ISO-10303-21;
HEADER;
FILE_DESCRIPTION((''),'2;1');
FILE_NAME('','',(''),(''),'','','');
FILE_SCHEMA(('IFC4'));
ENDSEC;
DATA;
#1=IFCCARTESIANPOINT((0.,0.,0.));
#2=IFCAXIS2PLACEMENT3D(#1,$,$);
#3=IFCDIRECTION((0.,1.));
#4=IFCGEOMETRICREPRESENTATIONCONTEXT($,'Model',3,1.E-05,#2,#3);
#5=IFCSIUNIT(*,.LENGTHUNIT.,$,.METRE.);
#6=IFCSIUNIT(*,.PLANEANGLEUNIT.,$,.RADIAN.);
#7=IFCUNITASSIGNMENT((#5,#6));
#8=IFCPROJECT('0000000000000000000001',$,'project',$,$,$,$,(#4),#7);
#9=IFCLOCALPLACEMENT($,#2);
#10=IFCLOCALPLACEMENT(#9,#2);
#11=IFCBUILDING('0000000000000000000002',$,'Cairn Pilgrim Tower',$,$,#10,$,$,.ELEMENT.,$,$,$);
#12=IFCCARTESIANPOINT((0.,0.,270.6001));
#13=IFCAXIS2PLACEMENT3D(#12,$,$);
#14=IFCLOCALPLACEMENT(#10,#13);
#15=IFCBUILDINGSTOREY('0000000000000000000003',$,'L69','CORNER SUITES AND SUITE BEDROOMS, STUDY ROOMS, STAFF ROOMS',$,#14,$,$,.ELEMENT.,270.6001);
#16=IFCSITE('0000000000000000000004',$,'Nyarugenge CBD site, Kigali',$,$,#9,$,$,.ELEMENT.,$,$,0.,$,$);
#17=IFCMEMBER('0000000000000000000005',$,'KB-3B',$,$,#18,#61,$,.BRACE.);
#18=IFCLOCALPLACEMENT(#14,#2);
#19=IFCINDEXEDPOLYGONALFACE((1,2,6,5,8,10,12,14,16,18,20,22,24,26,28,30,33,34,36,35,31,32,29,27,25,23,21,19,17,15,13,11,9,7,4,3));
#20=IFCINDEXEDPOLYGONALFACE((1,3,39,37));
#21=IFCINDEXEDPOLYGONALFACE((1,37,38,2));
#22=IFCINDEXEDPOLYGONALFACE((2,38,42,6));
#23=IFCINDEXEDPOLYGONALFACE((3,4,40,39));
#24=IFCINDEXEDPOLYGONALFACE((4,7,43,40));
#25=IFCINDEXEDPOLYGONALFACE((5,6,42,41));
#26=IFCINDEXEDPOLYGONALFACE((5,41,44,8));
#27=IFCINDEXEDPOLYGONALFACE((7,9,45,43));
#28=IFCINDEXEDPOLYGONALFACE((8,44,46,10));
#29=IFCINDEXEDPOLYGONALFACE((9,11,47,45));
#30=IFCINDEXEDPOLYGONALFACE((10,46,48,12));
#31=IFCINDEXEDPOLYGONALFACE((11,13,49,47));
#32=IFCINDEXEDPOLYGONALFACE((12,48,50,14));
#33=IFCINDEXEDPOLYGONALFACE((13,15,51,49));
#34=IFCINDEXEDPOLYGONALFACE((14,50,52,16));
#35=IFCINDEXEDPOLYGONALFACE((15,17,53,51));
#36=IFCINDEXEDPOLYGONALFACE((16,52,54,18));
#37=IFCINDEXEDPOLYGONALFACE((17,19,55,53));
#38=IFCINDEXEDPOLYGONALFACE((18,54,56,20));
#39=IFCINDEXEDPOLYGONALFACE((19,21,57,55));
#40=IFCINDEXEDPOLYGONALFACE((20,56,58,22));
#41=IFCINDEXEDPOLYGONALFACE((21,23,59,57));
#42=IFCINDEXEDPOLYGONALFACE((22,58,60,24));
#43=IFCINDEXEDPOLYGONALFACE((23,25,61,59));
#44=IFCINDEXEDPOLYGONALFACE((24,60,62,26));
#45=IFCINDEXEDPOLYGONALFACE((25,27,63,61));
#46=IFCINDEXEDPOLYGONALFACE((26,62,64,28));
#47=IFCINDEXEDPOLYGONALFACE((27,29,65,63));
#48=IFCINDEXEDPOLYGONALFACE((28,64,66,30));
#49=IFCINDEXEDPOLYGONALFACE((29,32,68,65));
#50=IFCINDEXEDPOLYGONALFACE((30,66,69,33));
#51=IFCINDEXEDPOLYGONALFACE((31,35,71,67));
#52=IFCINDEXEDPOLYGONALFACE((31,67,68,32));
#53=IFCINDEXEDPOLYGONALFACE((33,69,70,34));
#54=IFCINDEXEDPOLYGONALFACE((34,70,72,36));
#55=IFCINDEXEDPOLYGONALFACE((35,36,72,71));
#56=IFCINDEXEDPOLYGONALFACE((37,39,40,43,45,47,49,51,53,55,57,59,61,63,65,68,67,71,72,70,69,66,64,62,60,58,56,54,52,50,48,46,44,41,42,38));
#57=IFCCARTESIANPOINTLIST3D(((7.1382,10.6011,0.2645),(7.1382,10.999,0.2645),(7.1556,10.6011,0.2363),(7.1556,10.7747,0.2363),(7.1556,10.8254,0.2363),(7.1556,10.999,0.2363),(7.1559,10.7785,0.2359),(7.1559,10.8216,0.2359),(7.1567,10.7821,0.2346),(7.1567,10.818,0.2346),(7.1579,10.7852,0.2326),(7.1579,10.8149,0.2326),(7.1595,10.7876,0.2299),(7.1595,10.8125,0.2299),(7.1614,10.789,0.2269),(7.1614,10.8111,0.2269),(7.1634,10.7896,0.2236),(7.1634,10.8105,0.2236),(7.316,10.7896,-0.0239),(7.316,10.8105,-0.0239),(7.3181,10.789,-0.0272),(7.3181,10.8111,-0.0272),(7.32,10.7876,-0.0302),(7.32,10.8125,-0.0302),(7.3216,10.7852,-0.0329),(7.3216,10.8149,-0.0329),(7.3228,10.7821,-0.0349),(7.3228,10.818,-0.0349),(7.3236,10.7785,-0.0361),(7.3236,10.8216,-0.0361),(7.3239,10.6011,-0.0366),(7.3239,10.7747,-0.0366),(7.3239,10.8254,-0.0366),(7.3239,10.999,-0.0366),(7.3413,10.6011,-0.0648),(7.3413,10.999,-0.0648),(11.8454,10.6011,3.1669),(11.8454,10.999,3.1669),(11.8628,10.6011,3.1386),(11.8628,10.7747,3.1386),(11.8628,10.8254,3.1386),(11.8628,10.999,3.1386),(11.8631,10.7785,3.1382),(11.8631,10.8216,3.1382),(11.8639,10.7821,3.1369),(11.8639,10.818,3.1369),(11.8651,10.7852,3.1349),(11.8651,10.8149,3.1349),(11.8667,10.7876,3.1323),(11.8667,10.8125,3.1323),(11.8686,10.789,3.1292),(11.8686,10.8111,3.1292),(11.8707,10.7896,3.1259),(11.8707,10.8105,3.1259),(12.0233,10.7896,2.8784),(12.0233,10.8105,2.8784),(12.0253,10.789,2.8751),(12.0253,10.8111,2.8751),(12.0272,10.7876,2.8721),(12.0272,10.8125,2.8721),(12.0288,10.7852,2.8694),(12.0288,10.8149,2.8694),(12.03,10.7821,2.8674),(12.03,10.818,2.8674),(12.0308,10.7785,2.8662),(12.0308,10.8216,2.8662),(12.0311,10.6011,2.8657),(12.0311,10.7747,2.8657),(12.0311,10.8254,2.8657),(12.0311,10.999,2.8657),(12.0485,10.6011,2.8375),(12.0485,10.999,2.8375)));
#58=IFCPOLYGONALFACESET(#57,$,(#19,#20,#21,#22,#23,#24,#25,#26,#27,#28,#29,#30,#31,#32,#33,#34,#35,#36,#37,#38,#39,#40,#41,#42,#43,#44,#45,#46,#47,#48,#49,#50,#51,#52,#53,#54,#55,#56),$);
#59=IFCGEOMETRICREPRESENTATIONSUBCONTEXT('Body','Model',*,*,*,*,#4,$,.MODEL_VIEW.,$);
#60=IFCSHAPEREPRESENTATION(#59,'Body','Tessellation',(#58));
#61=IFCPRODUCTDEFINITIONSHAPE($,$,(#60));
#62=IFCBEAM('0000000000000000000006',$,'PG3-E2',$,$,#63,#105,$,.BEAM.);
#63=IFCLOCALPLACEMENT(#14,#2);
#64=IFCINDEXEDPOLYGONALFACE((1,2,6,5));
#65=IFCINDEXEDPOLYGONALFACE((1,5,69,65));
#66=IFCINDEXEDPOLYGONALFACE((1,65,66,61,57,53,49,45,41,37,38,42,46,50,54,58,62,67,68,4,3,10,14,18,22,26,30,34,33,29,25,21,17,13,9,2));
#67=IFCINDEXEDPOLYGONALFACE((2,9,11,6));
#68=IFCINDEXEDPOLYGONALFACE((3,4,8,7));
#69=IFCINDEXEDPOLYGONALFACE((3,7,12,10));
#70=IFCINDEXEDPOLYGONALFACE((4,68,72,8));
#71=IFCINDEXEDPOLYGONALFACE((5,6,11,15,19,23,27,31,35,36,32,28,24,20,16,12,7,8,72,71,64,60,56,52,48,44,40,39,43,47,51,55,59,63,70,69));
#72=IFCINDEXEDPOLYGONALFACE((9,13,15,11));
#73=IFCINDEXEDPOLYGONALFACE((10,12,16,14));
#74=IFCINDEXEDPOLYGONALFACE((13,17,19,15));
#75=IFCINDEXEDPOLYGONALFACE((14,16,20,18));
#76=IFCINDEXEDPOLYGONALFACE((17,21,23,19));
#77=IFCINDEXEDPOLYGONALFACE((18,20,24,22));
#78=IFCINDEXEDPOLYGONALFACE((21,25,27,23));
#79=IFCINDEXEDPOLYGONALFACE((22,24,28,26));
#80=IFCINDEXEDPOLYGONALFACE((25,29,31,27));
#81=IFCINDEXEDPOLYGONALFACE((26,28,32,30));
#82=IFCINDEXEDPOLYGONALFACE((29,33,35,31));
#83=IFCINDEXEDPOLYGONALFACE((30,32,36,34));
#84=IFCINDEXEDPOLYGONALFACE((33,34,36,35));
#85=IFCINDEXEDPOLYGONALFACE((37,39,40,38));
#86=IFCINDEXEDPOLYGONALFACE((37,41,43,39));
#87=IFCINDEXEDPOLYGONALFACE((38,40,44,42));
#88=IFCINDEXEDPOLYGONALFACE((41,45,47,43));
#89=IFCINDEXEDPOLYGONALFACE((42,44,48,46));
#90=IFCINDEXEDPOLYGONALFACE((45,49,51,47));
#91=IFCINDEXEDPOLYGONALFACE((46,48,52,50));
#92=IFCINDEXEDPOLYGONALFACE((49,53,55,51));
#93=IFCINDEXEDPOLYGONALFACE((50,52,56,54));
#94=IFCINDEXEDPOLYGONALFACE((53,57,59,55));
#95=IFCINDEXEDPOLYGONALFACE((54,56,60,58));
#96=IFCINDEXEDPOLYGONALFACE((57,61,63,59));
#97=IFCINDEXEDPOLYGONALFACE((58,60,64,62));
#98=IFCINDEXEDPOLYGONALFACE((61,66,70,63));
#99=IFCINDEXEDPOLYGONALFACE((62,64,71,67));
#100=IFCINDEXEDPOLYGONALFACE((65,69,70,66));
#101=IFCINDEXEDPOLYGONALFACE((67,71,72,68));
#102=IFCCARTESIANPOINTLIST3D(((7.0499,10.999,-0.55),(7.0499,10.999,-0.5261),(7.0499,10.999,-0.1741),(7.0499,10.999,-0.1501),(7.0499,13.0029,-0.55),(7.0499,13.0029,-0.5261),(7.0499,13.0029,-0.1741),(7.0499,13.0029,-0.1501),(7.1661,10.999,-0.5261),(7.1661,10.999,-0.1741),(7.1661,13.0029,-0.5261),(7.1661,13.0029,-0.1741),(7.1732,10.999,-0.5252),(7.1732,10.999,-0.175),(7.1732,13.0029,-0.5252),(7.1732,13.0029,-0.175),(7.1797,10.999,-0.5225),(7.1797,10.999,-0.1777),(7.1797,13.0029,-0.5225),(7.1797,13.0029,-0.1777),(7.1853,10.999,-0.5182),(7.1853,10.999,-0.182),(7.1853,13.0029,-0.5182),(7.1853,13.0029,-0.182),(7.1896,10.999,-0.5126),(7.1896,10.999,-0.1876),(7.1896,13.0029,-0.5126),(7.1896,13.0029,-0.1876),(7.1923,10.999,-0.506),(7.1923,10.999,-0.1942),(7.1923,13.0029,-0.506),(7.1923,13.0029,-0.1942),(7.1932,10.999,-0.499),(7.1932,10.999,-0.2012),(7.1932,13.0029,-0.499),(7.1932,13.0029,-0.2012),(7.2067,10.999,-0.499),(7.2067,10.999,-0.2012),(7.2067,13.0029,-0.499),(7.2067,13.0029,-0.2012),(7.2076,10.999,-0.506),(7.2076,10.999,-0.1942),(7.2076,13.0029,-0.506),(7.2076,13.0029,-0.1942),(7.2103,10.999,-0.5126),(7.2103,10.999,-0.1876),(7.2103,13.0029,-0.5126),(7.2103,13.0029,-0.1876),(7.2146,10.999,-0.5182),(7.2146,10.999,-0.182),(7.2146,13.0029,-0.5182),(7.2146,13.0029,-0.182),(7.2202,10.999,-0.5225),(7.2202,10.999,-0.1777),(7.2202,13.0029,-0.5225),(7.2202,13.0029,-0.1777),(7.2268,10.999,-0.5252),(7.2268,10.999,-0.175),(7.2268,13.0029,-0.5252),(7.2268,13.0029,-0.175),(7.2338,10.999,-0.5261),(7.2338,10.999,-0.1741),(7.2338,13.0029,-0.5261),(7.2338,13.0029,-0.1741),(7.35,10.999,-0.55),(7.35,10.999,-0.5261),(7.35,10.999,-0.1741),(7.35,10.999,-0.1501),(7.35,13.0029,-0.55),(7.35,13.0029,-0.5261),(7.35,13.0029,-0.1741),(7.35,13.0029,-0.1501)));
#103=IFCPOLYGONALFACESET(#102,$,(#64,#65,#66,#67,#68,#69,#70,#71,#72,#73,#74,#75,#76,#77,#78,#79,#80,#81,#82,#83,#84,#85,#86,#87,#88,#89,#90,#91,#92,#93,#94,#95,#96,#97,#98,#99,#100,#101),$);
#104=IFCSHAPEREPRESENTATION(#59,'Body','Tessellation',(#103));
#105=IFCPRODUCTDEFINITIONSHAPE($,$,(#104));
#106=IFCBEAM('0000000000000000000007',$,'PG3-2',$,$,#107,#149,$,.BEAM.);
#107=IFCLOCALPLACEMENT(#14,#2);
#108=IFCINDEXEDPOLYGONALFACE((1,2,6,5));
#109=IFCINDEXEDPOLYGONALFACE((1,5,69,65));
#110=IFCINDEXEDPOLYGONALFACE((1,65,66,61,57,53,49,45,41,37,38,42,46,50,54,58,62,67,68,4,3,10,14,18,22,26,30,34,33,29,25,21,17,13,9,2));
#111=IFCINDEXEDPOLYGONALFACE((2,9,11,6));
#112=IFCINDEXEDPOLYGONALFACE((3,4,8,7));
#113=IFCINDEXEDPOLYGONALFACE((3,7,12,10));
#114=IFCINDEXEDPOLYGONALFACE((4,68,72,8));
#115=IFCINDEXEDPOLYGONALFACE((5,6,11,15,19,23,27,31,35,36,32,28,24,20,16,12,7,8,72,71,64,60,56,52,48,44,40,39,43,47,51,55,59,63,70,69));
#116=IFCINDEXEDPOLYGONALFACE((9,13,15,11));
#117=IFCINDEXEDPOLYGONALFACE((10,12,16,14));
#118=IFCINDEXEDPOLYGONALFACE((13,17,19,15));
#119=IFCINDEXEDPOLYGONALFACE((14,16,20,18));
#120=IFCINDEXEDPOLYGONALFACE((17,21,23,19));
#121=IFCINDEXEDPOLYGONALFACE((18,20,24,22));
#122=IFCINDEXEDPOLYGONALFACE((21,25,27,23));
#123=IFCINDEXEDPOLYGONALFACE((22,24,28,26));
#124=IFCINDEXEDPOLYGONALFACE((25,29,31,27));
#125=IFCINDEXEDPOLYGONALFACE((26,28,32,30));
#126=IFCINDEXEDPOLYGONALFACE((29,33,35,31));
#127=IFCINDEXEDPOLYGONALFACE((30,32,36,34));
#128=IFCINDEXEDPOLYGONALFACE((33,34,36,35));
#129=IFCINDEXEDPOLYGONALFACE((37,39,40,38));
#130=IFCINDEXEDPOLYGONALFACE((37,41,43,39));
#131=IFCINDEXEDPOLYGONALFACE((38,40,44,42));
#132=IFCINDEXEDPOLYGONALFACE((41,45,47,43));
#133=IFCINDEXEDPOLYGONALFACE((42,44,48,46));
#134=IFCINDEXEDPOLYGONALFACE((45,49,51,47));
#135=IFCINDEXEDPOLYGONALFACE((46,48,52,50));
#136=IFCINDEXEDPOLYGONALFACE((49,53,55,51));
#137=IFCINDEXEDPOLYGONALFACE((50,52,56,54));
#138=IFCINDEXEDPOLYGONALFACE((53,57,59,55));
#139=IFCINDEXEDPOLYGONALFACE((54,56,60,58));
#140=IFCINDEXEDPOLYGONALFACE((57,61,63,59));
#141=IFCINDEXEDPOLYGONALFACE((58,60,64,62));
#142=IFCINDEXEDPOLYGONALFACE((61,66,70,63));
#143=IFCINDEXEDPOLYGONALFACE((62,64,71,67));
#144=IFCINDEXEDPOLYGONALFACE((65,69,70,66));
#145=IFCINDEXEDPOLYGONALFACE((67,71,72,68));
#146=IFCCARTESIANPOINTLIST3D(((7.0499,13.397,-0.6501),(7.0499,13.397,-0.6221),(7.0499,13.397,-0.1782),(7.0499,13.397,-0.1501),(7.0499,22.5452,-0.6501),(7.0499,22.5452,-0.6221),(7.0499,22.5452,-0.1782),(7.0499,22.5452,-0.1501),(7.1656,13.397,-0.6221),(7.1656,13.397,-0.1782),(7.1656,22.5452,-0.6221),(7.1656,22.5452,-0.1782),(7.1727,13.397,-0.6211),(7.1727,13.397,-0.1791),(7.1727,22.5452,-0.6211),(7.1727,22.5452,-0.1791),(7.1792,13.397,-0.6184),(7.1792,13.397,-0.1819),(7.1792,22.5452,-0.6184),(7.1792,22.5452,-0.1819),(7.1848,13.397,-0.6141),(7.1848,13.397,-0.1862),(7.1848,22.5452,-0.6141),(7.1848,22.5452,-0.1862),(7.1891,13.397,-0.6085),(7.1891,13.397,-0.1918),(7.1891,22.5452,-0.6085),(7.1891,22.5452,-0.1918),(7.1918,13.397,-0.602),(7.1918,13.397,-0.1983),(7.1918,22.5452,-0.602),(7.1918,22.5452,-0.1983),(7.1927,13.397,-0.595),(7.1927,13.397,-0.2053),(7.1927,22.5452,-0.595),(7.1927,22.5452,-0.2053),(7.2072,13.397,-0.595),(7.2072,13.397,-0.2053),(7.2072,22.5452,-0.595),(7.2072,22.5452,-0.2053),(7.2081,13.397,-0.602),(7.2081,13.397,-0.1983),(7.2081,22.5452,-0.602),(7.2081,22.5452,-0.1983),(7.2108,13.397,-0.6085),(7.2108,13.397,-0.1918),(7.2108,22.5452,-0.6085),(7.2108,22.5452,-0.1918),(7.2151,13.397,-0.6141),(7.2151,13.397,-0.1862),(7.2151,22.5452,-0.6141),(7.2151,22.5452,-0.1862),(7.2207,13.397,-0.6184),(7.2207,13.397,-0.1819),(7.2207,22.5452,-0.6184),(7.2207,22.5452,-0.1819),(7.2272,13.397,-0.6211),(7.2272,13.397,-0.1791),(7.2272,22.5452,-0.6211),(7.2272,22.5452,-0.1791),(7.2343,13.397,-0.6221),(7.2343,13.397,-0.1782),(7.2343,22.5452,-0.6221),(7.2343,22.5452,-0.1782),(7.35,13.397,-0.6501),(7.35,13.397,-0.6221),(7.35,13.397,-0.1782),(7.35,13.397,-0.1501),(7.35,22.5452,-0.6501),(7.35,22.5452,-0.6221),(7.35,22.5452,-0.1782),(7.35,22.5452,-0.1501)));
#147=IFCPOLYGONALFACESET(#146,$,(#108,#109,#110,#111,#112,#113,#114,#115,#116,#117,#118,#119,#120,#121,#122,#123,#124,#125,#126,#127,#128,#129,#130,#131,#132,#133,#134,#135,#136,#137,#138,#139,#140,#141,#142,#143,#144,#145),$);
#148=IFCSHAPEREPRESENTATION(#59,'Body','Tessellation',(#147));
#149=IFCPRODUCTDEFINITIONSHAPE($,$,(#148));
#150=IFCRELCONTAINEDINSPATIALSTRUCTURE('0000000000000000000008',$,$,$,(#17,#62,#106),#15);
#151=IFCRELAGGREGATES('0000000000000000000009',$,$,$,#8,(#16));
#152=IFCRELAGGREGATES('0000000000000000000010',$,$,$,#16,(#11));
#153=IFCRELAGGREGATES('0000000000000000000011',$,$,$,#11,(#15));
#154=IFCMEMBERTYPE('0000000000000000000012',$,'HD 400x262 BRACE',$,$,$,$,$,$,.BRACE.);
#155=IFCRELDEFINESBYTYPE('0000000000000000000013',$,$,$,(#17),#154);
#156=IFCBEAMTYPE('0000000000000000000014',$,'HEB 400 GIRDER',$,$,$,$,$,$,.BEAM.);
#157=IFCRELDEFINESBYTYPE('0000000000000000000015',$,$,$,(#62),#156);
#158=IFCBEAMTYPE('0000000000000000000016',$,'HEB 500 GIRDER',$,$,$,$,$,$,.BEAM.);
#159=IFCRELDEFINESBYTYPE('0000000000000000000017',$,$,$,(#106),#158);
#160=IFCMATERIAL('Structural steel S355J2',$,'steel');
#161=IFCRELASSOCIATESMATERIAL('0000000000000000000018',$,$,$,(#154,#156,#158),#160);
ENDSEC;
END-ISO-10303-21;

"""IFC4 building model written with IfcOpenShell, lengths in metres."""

from ifc_helpers import new_model, si_unit, direction, frame, origin, origin_2d, place, context, subcontext, project, spatial, i_section, extrude, material, material_profile, profile_set, type_object, element, save


model = new_model("IFC4")

# Units and contexts
model_context = context("Model", 3, precision=1e-05, world=origin(), true_north=direction((0.0, 1.0)))
body_context = subcontext(model_context, "Body", "Model", "MODEL_VIEW")
ifc_project = project(units=[si_unit("LENGTHUNIT", "METRE"), si_unit("PLANEANGLEUNIT", "RADIAN")], contexts=[model_context])

# Site, building, storey
site_placement = place(None, origin())
site = spatial("IfcSite", under=ifc_project, at=site_placement, Name="Nyarugenge CBD site, Kigali", CompositionType="ELEMENT", RefElevation=0.0)
building_placement = place(site_placement, origin())
building = spatial("IfcBuilding", under=site, at=building_placement, Name="Cairn Pilgrim Tower", CompositionType="ELEMENT")
storey_placement = place(building_placement, frame((0.0, 0.0, 270.6001)))
storey = spatial("IfcBuildingStorey", under=building, at=storey_placement, Name="L69", Description="CORNER SUITES AND SUITE BEDROOMS, STUDY ROOMS, STAFF ROOMS", CompositionType="ELEMENT", Elevation=270.6001)

# Shared definitions
ifc_material_1 = material(Name="Structural steel S355J2", Category="steel")

# Member
ifc_material_profile_1 = material_profile(ifc_material_1, i_section(OverallWidth=0.3979, OverallDepth=0.387, WebThickness=0.021, FlangeThickness=0.0332, FilletRadius=0.0149, at=origin_2d()), Name="HD 400x262")
ifc_profile_set_1 = profile_set([ifc_material_profile_1], Name="Structural steel S355J2")
member_type_1 = type_object("IfcMemberType", Name="HD 400x262 BRACE", PredefinedType="BRACE", material=ifc_profile_set_1)
member_1_placement = place(storey_placement, frame((7.2397, 10.8, 0.0999), z_axis=(0.851209, 0.0, 0.524826), x_axis=(0.0, 1.0, 0.0)))
element("IfcMember", 1, at=member_1_placement, inside=storey, type_object=member_type_1, Name="KB-3B", PredefinedType="BRACE", context=body_context, shape_type="SweptSolid", body=[
    extrude(i_section(OverallWidth=0.3979, OverallDepth=0.387, WebThickness=0.021, FlangeThickness=0.0332, FilletRadius=0.0149, at=origin_2d()), origin(), (0.0, 0.0, 1.0), 5.53),
])

# Beams
ifc_material_profile_2 = material_profile(ifc_material_1, i_section(OverallWidth=0.3, OverallDepth=0.3999, WebThickness=0.0134, FlangeThickness=0.0239, FilletRadius=0.0271, at=origin_2d()), Name="HEB 400")
ifc_profile_set_2 = profile_set([ifc_material_profile_2], Name="Structural steel S355J2")
beam_type_1 = type_object("IfcBeamType", Name="HEB 400 GIRDER", PredefinedType="BEAM", material=ifc_profile_set_2)
beam_1_placement = place(storey_placement, frame((7.2, 10.999, -0.3501), z_axis=(0.0, 1.0, 0.0), x_axis=(-1.0, 0.0, 0.0)))
element("IfcBeam", 2, at=beam_1_placement, inside=storey, type_object=beam_type_1, Name="PG3-E2", PredefinedType="BEAM", context=body_context, shape_type="SweptSolid", body=[
    extrude(i_section(OverallWidth=0.3, OverallDepth=0.3999, WebThickness=0.0134, FlangeThickness=0.0239, FilletRadius=0.0271, at=origin_2d()), origin(), (0.0, 0.0, 1.0), 2.0039),
])
ifc_material_profile_3 = material_profile(ifc_material_1, i_section(OverallWidth=0.3, OverallDepth=0.5, WebThickness=0.0144, FlangeThickness=0.0281, FilletRadius=0.0271, at=origin_2d()), Name="HEB 500")
ifc_profile_set_3 = profile_set([ifc_material_profile_3], Name="Structural steel S355J2")
beam_type_2 = type_object("IfcBeamType", Name="HEB 500 GIRDER", PredefinedType="BEAM", material=ifc_profile_set_3)
beam_2_placement = place(storey_placement, frame((7.2, 13.397, -0.4001), z_axis=(0.0, 1.0, 0.0), x_axis=(-1.0, 0.0, 0.0)))
element("IfcBeam", 3, at=beam_2_placement, inside=storey, type_object=beam_type_2, Name="PG3-2", PredefinedType="BEAM", context=body_context, shape_type="SweptSolid", body=[
    extrude(i_section(OverallWidth=0.3, OverallDepth=0.5, WebThickness=0.0144, FlangeThickness=0.0281, FilletRadius=0.0271, at=origin_2d()), origin(), (0.0, 0.0, 1.0), 9.1482),
])

save(model, "model.ifc")
